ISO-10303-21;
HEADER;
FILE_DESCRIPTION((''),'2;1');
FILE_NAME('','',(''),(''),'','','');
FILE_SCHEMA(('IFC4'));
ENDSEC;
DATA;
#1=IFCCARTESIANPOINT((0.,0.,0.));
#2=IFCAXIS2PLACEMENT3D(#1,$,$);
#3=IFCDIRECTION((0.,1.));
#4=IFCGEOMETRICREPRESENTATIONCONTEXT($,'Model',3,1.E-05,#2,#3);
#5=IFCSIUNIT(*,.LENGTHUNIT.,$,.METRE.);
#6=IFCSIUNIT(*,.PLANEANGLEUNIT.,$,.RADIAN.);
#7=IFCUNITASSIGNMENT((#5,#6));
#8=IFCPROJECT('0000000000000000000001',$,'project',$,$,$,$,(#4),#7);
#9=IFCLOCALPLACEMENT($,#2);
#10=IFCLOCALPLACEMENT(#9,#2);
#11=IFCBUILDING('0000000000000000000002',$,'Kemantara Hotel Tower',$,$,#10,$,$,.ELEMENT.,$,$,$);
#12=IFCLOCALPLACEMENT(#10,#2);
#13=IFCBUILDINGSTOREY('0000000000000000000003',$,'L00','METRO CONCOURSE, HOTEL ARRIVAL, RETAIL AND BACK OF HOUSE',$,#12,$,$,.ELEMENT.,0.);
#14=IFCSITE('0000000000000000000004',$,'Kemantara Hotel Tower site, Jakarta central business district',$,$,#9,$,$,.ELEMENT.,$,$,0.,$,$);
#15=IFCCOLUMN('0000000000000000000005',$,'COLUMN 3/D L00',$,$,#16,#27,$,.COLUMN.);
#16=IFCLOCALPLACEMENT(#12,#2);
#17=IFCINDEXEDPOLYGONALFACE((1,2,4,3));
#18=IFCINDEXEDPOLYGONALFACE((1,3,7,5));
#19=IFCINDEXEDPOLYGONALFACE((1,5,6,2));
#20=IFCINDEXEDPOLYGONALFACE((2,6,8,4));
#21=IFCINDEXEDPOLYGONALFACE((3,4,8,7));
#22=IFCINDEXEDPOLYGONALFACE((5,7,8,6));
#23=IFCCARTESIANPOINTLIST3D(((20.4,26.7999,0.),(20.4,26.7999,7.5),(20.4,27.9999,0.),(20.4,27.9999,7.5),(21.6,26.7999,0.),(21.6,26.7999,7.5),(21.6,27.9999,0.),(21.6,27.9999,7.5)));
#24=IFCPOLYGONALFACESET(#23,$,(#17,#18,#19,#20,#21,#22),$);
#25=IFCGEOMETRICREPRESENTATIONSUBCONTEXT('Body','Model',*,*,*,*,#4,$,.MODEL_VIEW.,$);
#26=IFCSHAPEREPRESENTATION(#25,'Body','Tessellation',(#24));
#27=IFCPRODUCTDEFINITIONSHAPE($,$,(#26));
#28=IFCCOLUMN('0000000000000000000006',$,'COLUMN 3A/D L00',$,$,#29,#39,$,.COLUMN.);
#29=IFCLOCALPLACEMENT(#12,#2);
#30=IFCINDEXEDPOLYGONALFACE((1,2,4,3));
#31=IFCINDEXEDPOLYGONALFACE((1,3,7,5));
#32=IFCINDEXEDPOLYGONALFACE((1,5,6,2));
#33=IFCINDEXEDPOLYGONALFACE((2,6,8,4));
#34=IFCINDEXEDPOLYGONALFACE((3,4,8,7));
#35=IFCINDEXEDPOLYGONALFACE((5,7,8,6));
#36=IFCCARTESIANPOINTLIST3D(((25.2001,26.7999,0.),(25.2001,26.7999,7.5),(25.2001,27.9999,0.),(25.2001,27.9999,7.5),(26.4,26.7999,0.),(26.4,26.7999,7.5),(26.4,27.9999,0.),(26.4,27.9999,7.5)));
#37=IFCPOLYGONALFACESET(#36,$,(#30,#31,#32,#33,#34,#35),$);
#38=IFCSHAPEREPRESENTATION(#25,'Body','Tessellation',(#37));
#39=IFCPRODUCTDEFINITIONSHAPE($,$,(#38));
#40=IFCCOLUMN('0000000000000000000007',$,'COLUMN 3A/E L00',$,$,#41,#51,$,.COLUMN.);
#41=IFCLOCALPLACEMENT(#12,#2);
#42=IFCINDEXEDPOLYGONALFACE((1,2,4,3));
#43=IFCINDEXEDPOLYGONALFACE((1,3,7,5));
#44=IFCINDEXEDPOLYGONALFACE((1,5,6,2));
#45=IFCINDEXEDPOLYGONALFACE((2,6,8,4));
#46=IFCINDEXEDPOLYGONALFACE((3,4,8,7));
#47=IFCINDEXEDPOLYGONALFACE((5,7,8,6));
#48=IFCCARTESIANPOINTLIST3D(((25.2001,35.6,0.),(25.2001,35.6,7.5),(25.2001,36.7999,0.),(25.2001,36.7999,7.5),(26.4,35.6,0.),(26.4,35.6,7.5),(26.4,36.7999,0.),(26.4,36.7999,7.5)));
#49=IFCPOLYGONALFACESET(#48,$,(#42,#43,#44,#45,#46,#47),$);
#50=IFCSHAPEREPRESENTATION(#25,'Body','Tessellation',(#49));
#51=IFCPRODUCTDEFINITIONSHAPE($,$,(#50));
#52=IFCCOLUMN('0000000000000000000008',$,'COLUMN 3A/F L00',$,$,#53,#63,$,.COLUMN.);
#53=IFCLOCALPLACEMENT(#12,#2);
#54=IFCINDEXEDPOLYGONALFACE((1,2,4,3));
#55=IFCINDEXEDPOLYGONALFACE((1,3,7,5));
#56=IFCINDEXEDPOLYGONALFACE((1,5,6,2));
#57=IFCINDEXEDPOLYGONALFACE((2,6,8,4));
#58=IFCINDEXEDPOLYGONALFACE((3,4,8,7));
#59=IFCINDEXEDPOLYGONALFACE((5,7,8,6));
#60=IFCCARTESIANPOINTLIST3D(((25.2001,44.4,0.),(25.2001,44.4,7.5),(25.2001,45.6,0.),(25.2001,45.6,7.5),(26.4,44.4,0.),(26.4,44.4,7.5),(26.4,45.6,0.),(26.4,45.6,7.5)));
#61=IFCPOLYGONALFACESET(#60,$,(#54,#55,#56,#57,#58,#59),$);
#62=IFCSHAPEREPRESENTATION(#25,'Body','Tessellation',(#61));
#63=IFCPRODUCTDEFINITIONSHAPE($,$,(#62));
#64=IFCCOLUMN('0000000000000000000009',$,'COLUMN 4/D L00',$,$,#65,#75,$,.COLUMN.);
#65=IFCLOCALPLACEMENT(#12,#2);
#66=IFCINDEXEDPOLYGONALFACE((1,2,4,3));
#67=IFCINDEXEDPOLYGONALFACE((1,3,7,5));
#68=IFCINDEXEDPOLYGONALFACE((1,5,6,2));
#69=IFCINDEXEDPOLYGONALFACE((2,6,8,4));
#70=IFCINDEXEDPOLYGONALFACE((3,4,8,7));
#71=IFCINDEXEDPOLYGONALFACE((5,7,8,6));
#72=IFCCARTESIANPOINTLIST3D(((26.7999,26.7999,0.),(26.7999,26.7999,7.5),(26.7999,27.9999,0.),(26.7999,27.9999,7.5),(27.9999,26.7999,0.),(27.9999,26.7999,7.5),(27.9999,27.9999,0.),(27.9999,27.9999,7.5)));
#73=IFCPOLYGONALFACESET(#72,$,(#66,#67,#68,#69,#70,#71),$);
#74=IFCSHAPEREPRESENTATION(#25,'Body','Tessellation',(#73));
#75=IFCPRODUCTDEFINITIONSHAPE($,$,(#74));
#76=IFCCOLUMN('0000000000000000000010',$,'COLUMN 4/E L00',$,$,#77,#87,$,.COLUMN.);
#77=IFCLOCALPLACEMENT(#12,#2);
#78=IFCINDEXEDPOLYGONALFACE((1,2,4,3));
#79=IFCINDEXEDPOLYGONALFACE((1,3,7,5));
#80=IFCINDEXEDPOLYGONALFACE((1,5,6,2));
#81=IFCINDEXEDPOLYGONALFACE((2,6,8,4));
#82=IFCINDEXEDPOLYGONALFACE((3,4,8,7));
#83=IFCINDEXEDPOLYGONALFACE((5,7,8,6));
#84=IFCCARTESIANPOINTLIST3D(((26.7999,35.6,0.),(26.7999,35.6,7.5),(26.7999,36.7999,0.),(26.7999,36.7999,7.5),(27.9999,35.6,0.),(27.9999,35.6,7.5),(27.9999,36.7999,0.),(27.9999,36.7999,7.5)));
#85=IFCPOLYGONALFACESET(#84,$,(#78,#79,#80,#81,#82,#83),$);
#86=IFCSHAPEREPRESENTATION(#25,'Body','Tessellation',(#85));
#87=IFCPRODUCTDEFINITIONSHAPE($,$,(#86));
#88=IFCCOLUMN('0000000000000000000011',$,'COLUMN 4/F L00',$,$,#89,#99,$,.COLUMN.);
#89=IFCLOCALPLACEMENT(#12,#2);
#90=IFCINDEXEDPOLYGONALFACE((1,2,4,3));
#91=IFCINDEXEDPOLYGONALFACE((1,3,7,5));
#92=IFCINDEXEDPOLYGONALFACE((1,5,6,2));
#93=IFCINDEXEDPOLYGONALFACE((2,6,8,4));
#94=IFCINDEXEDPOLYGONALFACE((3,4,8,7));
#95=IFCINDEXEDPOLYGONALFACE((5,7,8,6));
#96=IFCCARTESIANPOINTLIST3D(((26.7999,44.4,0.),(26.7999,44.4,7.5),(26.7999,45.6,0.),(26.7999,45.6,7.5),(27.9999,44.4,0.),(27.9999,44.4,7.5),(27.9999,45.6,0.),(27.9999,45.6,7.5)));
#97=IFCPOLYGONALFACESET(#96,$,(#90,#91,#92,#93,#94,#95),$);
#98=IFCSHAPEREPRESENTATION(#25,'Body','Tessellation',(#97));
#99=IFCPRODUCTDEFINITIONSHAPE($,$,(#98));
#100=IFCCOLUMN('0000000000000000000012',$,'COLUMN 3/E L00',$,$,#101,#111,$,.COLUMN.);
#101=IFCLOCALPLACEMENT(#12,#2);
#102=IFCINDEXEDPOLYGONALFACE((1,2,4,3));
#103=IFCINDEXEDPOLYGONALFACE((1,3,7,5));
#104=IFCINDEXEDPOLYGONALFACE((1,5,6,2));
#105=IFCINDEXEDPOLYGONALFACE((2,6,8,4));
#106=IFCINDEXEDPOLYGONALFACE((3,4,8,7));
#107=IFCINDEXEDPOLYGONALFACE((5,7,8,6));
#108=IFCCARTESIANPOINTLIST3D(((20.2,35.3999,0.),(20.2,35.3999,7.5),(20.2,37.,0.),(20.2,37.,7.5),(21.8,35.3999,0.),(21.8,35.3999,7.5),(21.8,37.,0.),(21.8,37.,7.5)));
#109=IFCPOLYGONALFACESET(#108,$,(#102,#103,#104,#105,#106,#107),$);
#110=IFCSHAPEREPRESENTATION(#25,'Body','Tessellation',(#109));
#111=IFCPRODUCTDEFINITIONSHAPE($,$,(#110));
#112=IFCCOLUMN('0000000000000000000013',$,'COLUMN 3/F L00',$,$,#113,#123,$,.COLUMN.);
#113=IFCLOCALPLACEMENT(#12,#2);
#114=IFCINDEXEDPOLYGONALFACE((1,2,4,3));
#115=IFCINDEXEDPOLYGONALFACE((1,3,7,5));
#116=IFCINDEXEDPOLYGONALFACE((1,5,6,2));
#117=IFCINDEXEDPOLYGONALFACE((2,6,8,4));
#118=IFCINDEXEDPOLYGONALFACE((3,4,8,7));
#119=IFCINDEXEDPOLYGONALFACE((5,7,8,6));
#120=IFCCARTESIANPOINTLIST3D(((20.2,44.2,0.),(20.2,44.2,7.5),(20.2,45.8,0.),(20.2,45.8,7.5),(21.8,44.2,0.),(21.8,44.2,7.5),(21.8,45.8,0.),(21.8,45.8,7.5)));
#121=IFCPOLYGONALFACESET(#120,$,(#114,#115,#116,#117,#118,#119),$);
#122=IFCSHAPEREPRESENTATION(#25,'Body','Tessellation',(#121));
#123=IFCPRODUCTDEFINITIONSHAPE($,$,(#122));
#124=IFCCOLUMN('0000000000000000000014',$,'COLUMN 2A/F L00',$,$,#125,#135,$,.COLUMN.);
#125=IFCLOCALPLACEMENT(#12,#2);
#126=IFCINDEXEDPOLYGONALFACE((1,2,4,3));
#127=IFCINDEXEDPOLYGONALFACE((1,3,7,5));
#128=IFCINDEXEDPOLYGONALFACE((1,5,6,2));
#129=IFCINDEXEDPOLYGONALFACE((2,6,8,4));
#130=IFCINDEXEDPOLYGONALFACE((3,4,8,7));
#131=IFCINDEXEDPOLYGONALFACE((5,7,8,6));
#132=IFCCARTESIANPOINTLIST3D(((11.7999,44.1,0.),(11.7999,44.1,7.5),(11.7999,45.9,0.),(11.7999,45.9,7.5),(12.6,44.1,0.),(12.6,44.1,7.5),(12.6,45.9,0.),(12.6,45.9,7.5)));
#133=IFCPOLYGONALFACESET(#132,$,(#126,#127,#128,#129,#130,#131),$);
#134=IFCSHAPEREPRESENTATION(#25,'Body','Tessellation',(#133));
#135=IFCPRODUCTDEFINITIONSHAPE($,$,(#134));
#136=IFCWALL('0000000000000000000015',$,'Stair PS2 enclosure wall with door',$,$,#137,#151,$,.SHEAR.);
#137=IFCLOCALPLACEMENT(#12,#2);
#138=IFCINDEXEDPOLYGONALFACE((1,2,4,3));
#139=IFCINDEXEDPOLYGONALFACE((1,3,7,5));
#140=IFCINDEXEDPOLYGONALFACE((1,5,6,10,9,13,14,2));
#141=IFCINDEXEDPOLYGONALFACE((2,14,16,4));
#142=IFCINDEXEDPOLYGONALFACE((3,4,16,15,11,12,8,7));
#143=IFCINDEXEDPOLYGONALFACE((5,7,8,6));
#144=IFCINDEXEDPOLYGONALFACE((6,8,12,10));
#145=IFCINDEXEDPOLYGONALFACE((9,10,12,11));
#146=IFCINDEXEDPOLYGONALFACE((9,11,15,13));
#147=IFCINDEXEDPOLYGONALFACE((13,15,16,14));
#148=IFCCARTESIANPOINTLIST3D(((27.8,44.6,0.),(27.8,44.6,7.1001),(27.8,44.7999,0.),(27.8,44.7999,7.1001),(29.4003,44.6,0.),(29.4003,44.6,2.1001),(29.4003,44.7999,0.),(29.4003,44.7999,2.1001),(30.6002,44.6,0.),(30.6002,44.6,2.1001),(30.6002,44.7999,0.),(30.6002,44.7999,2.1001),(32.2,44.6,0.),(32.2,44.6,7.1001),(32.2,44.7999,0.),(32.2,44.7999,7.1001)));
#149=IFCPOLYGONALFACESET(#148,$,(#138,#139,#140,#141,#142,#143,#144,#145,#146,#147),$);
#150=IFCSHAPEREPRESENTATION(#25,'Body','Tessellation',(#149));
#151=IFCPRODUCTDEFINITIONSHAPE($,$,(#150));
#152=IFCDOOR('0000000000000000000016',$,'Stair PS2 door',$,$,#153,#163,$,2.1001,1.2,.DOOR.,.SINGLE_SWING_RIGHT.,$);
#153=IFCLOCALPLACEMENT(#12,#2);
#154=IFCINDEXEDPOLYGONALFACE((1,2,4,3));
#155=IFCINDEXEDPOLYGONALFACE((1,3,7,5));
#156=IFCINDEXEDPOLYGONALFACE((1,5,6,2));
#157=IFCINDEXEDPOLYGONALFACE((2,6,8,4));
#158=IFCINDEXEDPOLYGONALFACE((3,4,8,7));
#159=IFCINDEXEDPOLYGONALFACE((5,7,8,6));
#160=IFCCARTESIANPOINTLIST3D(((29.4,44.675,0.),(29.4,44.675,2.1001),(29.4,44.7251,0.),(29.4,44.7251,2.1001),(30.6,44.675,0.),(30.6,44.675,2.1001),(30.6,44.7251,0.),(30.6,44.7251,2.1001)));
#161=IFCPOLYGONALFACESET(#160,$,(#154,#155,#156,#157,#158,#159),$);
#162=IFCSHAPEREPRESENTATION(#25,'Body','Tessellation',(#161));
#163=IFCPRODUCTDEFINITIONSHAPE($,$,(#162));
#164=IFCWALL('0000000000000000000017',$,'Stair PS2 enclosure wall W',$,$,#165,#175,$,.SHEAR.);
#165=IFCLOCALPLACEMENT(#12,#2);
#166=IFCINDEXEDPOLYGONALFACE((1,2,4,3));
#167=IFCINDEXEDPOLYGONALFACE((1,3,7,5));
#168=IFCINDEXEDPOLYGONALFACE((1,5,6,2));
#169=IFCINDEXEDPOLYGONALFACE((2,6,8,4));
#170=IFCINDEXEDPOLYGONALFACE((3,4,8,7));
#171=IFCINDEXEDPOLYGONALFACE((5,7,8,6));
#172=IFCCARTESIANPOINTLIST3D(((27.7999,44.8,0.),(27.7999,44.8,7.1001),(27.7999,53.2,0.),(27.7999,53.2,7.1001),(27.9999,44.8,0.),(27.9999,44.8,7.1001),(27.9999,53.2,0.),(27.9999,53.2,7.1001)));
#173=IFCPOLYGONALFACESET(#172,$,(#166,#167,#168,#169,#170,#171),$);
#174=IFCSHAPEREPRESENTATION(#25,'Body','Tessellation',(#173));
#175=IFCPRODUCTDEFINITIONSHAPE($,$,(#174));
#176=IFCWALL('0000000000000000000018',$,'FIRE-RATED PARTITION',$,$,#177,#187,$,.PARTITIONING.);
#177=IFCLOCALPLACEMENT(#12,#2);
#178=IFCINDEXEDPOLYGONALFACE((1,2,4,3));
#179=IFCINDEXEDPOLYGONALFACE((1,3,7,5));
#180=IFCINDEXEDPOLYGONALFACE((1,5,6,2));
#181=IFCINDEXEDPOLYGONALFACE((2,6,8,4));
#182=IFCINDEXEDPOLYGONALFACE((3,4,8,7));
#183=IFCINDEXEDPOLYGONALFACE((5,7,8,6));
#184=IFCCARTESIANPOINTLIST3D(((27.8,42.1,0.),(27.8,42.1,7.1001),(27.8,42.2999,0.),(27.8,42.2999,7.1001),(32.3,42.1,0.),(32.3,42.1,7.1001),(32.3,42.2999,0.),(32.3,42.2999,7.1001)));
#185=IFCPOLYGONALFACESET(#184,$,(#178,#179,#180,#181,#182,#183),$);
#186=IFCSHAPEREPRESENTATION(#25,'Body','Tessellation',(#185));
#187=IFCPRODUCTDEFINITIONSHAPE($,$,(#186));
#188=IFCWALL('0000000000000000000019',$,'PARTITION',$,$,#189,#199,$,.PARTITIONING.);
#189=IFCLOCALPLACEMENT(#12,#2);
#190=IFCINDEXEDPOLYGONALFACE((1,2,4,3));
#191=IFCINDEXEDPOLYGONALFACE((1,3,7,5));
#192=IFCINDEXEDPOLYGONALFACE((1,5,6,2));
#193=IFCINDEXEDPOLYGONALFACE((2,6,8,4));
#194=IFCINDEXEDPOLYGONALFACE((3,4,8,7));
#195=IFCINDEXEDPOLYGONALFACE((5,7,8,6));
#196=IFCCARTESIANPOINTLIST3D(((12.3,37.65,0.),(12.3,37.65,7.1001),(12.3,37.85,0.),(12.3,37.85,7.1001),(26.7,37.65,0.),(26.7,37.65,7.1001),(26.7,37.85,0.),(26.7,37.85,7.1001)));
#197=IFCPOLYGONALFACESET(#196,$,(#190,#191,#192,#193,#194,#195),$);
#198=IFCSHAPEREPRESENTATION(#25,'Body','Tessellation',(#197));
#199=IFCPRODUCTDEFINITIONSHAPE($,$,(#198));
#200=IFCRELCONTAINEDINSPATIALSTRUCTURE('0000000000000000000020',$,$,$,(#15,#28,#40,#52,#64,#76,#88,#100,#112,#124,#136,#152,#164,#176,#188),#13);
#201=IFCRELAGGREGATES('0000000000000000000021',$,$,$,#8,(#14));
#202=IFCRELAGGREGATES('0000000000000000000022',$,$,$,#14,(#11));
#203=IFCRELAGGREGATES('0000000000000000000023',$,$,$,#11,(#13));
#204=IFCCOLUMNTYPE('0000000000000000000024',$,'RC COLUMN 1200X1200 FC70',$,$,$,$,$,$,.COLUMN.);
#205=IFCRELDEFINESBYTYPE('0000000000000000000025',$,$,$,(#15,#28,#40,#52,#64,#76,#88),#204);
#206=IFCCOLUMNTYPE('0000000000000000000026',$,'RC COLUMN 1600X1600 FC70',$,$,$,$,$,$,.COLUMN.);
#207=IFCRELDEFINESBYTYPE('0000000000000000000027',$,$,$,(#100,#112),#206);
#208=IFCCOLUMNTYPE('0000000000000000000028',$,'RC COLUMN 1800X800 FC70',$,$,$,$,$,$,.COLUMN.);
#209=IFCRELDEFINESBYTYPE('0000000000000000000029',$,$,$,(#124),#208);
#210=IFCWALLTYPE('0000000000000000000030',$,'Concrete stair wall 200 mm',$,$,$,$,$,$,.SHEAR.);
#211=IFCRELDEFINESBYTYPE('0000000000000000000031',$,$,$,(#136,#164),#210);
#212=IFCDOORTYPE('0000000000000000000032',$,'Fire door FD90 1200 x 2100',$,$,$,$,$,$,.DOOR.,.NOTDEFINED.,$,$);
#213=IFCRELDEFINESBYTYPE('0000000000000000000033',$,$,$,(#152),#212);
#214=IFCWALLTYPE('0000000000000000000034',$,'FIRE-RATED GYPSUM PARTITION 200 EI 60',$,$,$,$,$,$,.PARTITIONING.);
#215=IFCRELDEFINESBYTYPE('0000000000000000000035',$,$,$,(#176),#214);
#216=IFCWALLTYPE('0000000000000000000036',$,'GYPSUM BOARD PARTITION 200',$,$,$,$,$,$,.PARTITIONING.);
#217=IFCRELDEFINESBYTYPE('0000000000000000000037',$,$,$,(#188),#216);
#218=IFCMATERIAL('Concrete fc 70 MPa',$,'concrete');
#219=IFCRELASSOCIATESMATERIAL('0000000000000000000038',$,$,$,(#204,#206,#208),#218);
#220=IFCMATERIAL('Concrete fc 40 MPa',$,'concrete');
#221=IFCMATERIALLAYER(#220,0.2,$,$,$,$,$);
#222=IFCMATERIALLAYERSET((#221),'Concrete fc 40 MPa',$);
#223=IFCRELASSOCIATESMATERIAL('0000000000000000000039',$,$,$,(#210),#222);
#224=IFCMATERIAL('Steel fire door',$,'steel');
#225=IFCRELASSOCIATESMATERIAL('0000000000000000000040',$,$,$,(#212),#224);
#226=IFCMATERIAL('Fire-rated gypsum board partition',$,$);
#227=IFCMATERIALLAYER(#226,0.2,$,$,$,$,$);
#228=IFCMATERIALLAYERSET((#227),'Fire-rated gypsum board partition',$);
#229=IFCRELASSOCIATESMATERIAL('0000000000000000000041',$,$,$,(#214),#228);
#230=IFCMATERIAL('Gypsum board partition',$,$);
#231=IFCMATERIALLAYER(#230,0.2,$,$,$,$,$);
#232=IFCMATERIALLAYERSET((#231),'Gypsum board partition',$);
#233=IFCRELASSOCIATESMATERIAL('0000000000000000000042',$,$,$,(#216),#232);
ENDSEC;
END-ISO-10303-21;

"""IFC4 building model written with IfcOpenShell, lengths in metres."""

from ifc_helpers import new_model, si_unit, direction, frame, frame_2d, origin, origin_2d, place, context, subcontext, project, spatial, rectangle, extrude, material, layer, layer_set, material_profile, profile_set, type_object, element, fill, save


model = new_model("IFC4")

# Units and contexts
model_context = context("Model", 3, precision=1e-05, world=origin(), true_north=direction((0.0, 1.0)))
body_context = subcontext(model_context, "Body", "Model", "MODEL_VIEW")
ifc_project = project(units=[si_unit("LENGTHUNIT", "METRE"), si_unit("PLANEANGLEUNIT", "RADIAN")], contexts=[model_context])

# Site, building, storey
site_placement = place(None, origin())
site = spatial("IfcSite", under=ifc_project, at=site_placement, Name="Kemantara Hotel Tower site, Jakarta central business district", CompositionType="ELEMENT", RefElevation=0.0)
building_placement = place(site_placement, origin())
building = spatial("IfcBuilding", under=site, at=building_placement, Name="Kemantara Hotel Tower", CompositionType="ELEMENT")
storey_placement = place(building_placement, origin())
storey = spatial("IfcBuildingStorey", under=building, at=storey_placement, Name="L00", Description="METRO CONCOURSE, HOTEL ARRIVAL, RETAIL AND BACK OF HOUSE", CompositionType="ELEMENT", Elevation=0.0)

# Columns
ifc_material_1 = material(Name="Concrete fc 70 MPa", Category="concrete")
ifc_material_profile_1 = material_profile(ifc_material_1, rectangle(XDim=1.2, YDim=1.2, at=origin_2d()), Name="RC 1200X1200")
ifc_profile_set_1 = profile_set([ifc_material_profile_1], Name="Concrete fc 70 MPa")
column_type_1 = type_object("IfcColumnType", Name="RC COLUMN 1200X1200 FC70", PredefinedType="COLUMN", material=ifc_profile_set_1)
for number, where, z_axis, x_axis, name in (
    (1, (21.0, 27.3999, 0.0), (0.0, 0.0, 1.0), (1.0, 0.0, 0.0), "COLUMN 3/D L00"),
    (2, (25.8, 27.3999, 0.0), (0.0, 0.0, 1.0), (1.0, 0.0, 0.0), "COLUMN 3A/D L00"),
    (3, (25.8, 36.2, 0.0), (0.0, 0.0, 1.0), (1.0, 0.0, 0.0), "COLUMN 3A/E L00"),
    (4, (25.8, 45.0, 0.0), (0.0, 0.0, 1.0), (1.0, 0.0, 0.0), "COLUMN 3A/F L00"),
    (5, (27.3999, 27.3999, 0.0), (0.0, 0.0, 1.0), (1.0, 0.0, 0.0), "COLUMN 4/D L00"),
    (6, (27.3999, 36.2, 0.0), (0.0, 0.0, 1.0), (1.0, 0.0, 0.0), "COLUMN 4/E L00"),
    (7, (27.3999, 45.0, 0.0), (0.0, 0.0, 1.0), (1.0, 0.0, 0.0), "COLUMN 4/F L00"),
):
    element("IfcColumn", number, at=place(storey_placement, frame(where, z_axis=z_axis, x_axis=x_axis)), inside=storey, type_object=column_type_1, Name=name, PredefinedType="COLUMN", context=body_context, shape_type="SweptSolid", body=[
        extrude(rectangle(XDim=1.2, YDim=1.2, at=origin_2d()), origin(), (0.0, 0.0, 1.0), 7.5),
    ])
ifc_material_profile_2 = material_profile(ifc_material_1, rectangle(XDim=1.6001, YDim=1.6001, at=origin_2d()), Name="RC 1600X1600")
ifc_profile_set_2 = profile_set([ifc_material_profile_2], Name="Concrete fc 70 MPa")
column_type_2 = type_object("IfcColumnType", Name="RC COLUMN 1600X1600 FC70", PredefinedType="COLUMN", material=ifc_profile_set_2)
for number, where, z_axis, x_axis, name in (
    (8, (21.0, 36.2, 0.0), (0.0, 0.0, 1.0), (1.0, 0.0, 0.0), "COLUMN 3/E L00"),
    (9, (21.0, 45.0, 0.0), (0.0, 0.0, 1.0), (1.0, 0.0, 0.0), "COLUMN 3/F L00"),
):
    element("IfcColumn", number, at=place(storey_placement, frame(where, z_axis=z_axis, x_axis=x_axis)), inside=storey, type_object=column_type_2, Name=name, PredefinedType="COLUMN", context=body_context, shape_type="SweptSolid", body=[
        extrude(rectangle(XDim=1.6001, YDim=1.6001, at=origin_2d()), origin(), (0.0, 0.0, 1.0), 7.5),
    ])
ifc_material_profile_3 = material_profile(ifc_material_1, rectangle(XDim=1.8, YDim=0.8, at=origin_2d()), Name="RC 1800X800")
ifc_profile_set_3 = profile_set([ifc_material_profile_3], Name="Concrete fc 70 MPa")
column_type_3 = type_object("IfcColumnType", Name="RC COLUMN 1800X800 FC70", PredefinedType="COLUMN", material=ifc_profile_set_3)
column_placement = place(storey_placement, frame((12.2, 45.0, 0.0), z_axis=(0.0, 0.0, 1.0), x_axis=(0.0, 1.0, 0.0)))
element("IfcColumn", 10, at=column_placement, inside=storey, type_object=column_type_3, Name="COLUMN 2A/F L00", PredefinedType="COLUMN", context=body_context, shape_type="SweptSolid", body=[
    extrude(rectangle(XDim=1.8, YDim=0.8, at=origin_2d()), origin(), (0.0, 0.0, 1.0), 7.5),
])

# Wall, opening, door
ifc_material_2 = material(Name="Concrete fc 40 MPa", Category="concrete")
ifc_layer_1 = layer(ifc_material_2, 0.2)
ifc_layer_set_1 = layer_set([ifc_layer_1], Name="Concrete fc 40 MPa")
wall_type_1 = type_object("IfcWallType", Name="Concrete stair wall 200 mm", PredefinedType="SHEAR", material=ifc_layer_set_1)
wall_1_placement = place(storey_placement, frame((27.8, 44.7, 0.0), z_axis=(0.0, 0.0, 1.0), x_axis=(1.0, 0.0, 0.0)))
wall_1 = element("IfcWall", 11, at=wall_1_placement, inside=storey, type_object=wall_type_1, Name="Stair PS2 enclosure wall with door", PredefinedType="SHEAR", context=body_context, shape_type="SweptSolid", body=[
    extrude(rectangle(XDim=4.3999, YDim=0.2, at=frame_2d((2.2, 0.0))), origin(), (0.0, 0.0, 1.0), 7.1001),
])
opening_placement = place(wall_1_placement, frame((1.6001, 0.0, 0.0)))
opening = element("IfcOpeningElement", 12, at=opening_placement, cuts=wall_1, PredefinedType="OPENING", context=body_context, shape_type="SweptSolid", body=[
    extrude(rectangle(XDim=1.2, YDim=2.1001, at=frame_2d((0.6001, 1.05))), frame((0.0, 0.1099, 0.0), z_axis=(0.0, -1.0, 0.0), x_axis=(1.0, 0.0, 0.0)), (0.0, 0.0, 1.0), 0.22),
])
ifc_material_3 = material(Name="Steel fire door", Category="steel")
door_type = type_object("IfcDoorType", Name="Fire door FD90 1200 x 2100", OperationType="NOTDEFINED", PredefinedType="DOOR", material=ifc_material_3)
door_placement = place(opening_placement, frame((1.2, 0.0, 0.0), z_axis=(0.0, 0.0, 1.0), x_axis=(-1.0, 0.0, 0.0)))
door = element("IfcDoor", 13, at=door_placement, inside=storey, type_object=door_type, Name="Stair PS2 door", OperationType="SINGLE_SWING_RIGHT", OverallHeight=2.1001, OverallWidth=1.2, PredefinedType="DOOR", context=body_context, shape_type="SweptSolid", body=[
    extrude(rectangle(XDim=1.2, YDim=2.1001, at=frame_2d((0.6001, 1.05))), frame((0.0, 0.0249, 0.0), z_axis=(0.0, -1.0, 0.0), x_axis=(1.0, 0.0, 0.0)), (0.0, 0.0, 1.0), 0.05),
])
fill(opening, door)

# Walls
wall_2_placement = place(storey_placement, frame((27.8999, 44.8, 0.0), z_axis=(0.0, 0.0, 1.0), x_axis=(0.0, 1.0, 0.0)))
element("IfcWall", 14, at=wall_2_placement, inside=storey, type_object=wall_type_1, Name="Stair PS2 enclosure wall W", PredefinedType="SHEAR", context=body_context, shape_type="SweptSolid", body=[
    extrude(rectangle(XDim=8.3999, YDim=0.2, at=frame_2d((4.2, 0.0))), origin(), (0.0, 0.0, 1.0), 7.1001),
])
ifc_material_4 = material(Name="Fire-rated gypsum board partition")
ifc_layer_2 = layer(ifc_material_4, 0.2)
ifc_layer_set_2 = layer_set([ifc_layer_2], Name="Fire-rated gypsum board partition")
wall_type_2 = type_object("IfcWallType", Name="FIRE-RATED GYPSUM PARTITION 200 EI 60", PredefinedType="PARTITIONING", material=ifc_layer_set_2)
wall_3_placement = place(storey_placement, frame((27.8, 42.2, 0.0), z_axis=(0.0, 0.0, 1.0), x_axis=(1.0, 0.0, 0.0)))
element("IfcWall", 15, at=wall_3_placement, inside=storey, type_object=wall_type_2, Name="FIRE-RATED PARTITION", PredefinedType="PARTITIONING", context=body_context, shape_type="SweptSolid", body=[
    extrude(rectangle(XDim=4.5, YDim=0.2, at=frame_2d((2.25, 0.0))), origin(), (0.0, 0.0, 1.0), 7.1001),
])
ifc_material_5 = material(Name="Gypsum board partition")
ifc_layer_3 = layer(ifc_material_5, 0.2)
ifc_layer_set_3 = layer_set([ifc_layer_3], Name="Gypsum board partition")
wall_type_3 = type_object("IfcWallType", Name="GYPSUM BOARD PARTITION 200", PredefinedType="PARTITIONING", material=ifc_layer_set_3)
wall_4_placement = place(storey_placement, frame((12.3, 37.75, 0.0), z_axis=(0.0, 0.0, 1.0), x_axis=(1.0, 0.0, 0.0)))
element("IfcWall", 16, at=wall_4_placement, inside=storey, type_object=wall_type_3, Name="PARTITION", PredefinedType="PARTITIONING", context=body_context, shape_type="SweptSolid", body=[
    extrude(rectangle(XDim=14.3999, YDim=0.2, at=frame_2d((7.2, 0.0))), origin(), (0.0, 0.0, 1.0), 7.1001),
])

save(model, "model.ifc")
